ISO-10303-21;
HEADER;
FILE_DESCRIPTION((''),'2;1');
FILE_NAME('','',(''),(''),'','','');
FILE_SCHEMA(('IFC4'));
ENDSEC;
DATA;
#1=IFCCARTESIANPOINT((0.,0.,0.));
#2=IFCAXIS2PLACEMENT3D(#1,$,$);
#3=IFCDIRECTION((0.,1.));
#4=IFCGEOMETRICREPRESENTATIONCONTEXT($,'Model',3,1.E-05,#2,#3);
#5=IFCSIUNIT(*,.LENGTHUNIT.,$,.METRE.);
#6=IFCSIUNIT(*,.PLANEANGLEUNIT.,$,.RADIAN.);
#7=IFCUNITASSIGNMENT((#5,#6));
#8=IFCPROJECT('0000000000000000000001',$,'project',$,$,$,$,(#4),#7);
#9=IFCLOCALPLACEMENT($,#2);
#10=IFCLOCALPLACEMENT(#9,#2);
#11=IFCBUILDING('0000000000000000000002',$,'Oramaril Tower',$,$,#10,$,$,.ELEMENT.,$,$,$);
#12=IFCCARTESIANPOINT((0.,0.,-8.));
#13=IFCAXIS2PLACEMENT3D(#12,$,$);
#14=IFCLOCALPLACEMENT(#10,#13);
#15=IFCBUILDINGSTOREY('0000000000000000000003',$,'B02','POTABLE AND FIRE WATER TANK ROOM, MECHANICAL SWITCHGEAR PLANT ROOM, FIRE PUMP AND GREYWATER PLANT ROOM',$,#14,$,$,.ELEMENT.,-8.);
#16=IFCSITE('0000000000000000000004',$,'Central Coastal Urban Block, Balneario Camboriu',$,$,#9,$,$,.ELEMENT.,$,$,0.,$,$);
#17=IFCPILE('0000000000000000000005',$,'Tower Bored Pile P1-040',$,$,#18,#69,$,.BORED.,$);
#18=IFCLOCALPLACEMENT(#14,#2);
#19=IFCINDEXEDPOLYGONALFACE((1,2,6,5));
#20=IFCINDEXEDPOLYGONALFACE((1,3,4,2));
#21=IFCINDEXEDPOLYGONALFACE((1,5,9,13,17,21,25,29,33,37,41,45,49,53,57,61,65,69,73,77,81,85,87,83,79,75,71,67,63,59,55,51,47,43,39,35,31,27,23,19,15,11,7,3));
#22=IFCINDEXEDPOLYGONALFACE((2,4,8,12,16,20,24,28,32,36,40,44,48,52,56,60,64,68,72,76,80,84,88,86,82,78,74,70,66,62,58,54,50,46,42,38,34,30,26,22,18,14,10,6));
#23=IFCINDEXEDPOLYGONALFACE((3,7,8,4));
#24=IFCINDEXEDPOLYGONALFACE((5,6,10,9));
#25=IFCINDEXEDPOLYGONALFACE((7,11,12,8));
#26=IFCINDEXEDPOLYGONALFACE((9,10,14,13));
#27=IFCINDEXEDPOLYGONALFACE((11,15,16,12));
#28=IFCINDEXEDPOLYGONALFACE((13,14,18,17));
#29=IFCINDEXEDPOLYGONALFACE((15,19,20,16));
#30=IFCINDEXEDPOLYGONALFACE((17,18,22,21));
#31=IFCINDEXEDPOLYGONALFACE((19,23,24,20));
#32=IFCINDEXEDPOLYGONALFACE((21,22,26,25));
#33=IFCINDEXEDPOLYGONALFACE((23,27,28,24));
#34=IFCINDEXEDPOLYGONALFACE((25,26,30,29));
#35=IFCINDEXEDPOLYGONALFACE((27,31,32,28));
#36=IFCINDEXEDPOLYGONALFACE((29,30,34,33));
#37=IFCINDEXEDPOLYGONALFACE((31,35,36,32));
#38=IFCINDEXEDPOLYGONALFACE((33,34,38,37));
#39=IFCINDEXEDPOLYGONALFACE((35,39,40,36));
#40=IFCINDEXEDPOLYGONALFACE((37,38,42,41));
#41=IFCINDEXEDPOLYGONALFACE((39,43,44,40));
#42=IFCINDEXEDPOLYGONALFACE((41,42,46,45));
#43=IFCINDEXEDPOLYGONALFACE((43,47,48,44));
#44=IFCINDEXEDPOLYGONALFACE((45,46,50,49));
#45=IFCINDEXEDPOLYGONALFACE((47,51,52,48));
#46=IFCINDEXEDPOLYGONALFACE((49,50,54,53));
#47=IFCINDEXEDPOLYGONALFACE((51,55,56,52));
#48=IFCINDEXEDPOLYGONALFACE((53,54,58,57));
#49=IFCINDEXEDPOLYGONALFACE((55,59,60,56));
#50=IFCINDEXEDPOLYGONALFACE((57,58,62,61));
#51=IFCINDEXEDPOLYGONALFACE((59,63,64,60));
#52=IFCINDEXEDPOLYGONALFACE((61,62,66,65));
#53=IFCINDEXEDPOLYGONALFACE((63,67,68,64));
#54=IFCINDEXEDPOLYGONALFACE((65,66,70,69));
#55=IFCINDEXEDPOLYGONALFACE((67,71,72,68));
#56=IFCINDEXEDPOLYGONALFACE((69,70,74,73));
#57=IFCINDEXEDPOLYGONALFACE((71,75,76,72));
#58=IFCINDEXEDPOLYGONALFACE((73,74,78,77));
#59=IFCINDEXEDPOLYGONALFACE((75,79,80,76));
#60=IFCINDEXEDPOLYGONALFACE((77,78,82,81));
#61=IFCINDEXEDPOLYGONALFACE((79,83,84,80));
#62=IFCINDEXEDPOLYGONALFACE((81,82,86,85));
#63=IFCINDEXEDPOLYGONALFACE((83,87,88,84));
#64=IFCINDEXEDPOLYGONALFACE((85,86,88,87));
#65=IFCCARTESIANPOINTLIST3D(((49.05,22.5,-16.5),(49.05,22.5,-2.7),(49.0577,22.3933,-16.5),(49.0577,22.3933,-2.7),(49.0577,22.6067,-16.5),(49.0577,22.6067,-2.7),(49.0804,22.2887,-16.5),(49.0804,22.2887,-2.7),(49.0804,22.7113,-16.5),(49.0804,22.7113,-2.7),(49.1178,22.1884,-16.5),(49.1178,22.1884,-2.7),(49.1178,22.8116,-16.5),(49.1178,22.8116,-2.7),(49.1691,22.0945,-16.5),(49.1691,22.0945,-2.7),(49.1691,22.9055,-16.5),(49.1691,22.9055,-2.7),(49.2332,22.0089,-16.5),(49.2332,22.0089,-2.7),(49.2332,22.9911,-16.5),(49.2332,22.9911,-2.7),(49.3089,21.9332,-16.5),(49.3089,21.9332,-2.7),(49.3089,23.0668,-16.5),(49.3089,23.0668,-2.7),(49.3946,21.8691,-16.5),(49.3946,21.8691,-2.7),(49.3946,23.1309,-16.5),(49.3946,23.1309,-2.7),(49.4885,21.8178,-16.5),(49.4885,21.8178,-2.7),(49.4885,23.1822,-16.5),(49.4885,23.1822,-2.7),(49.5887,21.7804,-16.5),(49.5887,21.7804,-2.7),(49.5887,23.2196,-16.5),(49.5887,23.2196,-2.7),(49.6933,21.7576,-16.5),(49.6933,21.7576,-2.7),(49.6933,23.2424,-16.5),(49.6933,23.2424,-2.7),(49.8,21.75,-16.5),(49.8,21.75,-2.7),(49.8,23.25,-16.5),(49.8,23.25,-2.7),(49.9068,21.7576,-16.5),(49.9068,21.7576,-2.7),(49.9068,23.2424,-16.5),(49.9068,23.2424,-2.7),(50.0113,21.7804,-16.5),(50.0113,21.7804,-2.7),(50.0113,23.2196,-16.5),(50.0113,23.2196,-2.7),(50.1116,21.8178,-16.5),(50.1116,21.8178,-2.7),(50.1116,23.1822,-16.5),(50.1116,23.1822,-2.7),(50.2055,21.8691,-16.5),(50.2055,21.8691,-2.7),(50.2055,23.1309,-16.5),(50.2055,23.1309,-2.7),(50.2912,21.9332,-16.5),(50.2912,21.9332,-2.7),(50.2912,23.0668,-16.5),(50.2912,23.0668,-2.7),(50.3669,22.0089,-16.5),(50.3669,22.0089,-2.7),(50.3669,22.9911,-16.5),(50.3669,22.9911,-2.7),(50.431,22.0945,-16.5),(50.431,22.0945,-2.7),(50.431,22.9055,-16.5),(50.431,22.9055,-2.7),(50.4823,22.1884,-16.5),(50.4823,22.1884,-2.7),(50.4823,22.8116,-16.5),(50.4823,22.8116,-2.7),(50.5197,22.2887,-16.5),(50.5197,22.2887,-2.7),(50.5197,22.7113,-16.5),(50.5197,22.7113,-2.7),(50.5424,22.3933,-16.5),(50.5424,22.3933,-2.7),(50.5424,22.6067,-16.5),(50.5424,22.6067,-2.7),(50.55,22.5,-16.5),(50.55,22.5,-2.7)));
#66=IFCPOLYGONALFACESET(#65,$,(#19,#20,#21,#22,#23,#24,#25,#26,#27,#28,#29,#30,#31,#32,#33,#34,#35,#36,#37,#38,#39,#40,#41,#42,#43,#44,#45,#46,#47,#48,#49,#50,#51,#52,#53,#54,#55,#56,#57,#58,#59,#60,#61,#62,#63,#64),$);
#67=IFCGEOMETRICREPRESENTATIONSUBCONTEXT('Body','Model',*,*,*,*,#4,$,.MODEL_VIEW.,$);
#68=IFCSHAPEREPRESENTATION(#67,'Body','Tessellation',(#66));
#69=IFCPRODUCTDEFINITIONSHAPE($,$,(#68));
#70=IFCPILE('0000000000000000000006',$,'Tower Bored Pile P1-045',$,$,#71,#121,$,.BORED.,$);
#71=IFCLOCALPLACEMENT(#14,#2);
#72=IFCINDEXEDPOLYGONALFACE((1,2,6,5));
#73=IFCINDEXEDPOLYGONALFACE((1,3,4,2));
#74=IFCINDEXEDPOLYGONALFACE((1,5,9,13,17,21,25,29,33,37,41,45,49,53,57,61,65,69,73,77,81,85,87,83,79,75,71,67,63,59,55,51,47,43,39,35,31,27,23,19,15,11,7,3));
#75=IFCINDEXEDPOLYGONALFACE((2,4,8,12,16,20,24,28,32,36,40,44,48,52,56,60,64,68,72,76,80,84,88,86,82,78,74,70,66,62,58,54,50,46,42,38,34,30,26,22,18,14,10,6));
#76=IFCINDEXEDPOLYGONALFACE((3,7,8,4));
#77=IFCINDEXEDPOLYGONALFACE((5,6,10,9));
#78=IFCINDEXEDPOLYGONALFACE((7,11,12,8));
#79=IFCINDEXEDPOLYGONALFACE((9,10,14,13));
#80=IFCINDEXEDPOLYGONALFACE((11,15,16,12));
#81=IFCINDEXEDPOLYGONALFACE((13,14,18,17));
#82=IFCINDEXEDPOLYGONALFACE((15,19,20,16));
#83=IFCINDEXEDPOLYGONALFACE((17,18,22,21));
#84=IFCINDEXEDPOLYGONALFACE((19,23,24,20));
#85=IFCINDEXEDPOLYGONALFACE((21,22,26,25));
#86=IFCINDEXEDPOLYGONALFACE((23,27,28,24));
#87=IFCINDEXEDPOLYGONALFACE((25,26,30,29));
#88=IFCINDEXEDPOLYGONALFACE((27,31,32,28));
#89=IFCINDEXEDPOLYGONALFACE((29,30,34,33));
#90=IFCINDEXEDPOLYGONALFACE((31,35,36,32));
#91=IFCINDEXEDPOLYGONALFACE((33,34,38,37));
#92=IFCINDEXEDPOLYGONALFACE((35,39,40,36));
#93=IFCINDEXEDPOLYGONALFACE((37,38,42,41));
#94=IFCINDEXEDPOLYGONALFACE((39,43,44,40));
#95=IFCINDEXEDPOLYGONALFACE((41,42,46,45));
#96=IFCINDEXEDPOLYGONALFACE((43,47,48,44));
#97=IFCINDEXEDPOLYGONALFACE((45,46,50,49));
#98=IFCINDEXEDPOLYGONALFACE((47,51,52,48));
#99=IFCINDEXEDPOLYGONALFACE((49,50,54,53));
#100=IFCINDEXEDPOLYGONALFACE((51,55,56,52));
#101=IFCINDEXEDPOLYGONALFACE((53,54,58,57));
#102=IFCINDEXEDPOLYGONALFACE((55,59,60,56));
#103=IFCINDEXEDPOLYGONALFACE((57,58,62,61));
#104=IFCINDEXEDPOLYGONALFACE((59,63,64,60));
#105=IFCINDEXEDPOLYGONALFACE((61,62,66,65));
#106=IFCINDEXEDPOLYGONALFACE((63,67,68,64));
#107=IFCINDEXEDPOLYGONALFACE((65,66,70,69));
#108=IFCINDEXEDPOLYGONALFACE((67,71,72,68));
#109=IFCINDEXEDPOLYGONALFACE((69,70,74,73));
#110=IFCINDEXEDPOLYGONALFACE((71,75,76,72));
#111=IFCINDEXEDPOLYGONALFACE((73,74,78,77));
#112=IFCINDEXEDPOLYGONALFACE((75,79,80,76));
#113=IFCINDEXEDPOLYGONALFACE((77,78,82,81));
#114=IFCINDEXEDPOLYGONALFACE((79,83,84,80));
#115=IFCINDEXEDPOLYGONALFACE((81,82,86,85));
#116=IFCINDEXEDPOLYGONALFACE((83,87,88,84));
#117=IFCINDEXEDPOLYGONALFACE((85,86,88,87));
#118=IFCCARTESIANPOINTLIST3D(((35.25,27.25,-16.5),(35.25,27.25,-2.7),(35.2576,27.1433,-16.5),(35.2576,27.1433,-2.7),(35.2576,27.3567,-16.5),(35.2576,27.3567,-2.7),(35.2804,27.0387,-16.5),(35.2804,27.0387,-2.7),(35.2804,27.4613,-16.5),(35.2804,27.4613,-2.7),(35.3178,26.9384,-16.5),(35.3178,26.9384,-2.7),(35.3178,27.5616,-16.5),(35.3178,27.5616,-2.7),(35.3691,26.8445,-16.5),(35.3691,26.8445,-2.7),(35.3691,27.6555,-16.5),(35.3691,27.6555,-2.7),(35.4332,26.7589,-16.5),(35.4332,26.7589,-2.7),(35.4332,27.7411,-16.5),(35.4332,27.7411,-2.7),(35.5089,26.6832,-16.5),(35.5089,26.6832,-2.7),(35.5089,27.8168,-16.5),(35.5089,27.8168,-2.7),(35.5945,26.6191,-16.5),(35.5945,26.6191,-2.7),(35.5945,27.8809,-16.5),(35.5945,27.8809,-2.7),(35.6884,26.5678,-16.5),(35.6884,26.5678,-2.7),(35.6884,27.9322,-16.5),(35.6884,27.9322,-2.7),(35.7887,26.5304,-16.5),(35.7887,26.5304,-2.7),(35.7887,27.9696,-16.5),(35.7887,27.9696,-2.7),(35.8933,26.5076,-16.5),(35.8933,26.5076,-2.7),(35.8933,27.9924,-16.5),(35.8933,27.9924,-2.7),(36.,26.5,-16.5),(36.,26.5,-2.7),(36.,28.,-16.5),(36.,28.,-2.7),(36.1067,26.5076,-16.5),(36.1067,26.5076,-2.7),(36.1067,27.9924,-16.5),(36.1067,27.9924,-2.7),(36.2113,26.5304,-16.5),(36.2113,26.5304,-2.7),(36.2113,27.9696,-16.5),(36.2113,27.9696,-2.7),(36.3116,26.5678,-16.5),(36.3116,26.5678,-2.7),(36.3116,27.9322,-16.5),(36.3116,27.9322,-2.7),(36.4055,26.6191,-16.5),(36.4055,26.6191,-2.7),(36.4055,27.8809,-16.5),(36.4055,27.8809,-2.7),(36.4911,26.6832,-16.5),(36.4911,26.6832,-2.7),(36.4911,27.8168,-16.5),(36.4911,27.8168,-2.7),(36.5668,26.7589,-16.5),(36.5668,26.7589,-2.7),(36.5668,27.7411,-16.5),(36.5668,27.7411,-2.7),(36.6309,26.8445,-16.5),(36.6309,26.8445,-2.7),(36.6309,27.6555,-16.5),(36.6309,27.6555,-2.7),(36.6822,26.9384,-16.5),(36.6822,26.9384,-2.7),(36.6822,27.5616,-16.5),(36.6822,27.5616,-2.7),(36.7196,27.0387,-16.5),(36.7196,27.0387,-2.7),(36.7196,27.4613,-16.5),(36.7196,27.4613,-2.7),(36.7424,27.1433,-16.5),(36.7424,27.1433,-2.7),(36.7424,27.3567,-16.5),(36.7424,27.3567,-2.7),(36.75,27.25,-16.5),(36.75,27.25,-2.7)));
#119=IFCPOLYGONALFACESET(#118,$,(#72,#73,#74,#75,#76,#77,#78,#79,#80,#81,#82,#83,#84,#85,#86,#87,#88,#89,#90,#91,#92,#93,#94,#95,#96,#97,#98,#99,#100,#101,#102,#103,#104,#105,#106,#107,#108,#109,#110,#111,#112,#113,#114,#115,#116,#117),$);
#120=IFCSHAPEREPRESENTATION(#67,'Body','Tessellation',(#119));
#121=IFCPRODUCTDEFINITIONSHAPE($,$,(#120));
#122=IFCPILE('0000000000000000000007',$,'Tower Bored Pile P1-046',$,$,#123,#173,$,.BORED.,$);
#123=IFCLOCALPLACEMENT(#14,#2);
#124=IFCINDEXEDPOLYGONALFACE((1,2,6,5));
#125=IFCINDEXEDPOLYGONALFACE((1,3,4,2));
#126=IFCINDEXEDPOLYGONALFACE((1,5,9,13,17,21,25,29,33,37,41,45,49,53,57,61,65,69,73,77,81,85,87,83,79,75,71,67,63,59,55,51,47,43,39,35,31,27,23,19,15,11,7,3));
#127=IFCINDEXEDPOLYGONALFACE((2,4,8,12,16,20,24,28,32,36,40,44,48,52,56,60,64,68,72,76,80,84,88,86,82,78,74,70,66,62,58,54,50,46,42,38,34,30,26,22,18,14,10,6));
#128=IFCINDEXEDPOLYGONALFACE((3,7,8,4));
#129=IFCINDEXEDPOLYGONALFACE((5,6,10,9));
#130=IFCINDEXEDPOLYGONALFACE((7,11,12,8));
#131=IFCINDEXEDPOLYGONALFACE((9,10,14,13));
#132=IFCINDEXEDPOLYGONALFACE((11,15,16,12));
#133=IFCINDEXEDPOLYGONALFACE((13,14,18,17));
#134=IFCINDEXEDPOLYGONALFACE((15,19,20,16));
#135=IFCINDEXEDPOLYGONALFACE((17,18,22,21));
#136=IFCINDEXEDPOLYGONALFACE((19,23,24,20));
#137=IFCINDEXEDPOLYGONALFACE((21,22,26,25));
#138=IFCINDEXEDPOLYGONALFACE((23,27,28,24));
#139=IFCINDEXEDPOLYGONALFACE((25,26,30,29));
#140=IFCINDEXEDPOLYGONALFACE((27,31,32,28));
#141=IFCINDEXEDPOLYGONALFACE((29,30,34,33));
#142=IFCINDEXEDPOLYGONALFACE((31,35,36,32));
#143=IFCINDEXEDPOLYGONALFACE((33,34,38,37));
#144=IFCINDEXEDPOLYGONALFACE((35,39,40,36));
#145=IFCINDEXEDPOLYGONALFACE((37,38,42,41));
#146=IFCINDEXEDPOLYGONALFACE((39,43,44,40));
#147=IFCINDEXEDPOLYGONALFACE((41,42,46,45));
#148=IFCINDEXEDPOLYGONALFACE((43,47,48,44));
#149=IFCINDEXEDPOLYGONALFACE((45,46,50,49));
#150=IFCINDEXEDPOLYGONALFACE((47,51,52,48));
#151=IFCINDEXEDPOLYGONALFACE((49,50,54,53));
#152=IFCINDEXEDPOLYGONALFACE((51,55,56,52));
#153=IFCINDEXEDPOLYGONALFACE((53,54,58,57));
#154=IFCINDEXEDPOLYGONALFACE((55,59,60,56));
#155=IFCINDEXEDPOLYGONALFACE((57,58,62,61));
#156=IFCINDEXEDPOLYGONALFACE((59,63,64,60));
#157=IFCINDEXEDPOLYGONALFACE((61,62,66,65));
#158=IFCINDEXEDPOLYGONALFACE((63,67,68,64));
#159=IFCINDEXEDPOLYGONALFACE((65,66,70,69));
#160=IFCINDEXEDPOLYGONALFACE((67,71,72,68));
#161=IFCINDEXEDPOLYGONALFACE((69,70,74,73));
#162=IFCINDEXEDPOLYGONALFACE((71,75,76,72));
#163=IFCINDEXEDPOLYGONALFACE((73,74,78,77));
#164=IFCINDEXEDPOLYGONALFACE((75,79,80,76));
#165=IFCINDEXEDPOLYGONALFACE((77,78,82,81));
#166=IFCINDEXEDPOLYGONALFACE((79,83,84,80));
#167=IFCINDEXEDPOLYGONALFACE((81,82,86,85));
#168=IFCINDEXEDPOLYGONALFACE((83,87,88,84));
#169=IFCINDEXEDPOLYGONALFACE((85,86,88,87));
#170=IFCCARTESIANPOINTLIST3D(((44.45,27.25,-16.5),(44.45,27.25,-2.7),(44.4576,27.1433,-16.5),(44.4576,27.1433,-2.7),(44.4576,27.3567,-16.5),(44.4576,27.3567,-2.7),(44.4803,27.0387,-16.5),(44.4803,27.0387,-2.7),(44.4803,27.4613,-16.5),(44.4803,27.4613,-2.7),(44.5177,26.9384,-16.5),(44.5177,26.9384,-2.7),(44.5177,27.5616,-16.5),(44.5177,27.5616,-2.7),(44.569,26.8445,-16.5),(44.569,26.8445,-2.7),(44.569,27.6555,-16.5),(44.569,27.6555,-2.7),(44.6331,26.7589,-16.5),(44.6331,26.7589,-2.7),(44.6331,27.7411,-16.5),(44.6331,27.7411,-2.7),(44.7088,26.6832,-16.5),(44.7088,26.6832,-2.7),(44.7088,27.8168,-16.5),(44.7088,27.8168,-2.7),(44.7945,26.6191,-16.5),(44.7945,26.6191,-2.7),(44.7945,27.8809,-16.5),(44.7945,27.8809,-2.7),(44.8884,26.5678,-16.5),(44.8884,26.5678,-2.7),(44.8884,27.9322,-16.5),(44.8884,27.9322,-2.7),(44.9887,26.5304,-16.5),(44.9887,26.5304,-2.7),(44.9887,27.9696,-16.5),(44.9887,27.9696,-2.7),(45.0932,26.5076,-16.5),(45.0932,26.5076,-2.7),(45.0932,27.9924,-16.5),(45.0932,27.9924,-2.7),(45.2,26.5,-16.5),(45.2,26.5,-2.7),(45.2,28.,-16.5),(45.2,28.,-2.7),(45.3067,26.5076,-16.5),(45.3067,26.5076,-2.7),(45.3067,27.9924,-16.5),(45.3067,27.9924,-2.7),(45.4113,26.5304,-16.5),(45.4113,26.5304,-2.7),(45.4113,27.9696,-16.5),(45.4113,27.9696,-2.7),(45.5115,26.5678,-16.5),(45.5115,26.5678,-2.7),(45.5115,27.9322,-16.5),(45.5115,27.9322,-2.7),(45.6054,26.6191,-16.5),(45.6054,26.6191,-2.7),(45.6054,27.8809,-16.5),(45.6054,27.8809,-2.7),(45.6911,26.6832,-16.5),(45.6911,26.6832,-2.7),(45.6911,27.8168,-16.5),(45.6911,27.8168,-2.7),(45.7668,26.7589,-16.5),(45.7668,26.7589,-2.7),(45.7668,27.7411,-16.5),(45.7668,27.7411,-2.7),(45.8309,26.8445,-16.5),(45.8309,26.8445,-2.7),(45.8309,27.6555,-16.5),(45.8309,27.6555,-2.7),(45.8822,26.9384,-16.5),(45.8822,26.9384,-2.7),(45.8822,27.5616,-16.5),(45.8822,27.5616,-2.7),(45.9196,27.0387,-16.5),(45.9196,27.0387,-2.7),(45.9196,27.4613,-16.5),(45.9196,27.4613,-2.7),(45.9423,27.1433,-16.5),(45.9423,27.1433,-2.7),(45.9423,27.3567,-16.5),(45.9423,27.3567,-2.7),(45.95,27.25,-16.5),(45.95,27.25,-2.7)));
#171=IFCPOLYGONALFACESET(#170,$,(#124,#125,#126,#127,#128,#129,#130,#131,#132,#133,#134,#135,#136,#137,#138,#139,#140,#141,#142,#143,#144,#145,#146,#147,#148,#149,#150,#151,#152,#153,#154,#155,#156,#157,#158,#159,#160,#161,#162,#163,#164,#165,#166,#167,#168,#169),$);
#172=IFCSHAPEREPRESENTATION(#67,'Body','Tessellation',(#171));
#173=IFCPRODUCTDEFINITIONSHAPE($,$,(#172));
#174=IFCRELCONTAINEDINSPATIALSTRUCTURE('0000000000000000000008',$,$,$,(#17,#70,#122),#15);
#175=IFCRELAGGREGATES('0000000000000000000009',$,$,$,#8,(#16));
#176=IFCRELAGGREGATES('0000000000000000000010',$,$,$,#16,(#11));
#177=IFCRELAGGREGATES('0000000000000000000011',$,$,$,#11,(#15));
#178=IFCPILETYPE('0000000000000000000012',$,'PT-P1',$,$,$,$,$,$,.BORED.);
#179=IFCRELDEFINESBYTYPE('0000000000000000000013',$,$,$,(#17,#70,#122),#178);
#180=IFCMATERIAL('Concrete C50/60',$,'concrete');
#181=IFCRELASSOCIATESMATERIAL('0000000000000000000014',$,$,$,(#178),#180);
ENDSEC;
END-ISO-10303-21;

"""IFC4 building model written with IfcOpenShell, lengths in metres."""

from ifc_helpers import new_model, si_unit, direction, frame, origin, origin_2d, place, context, subcontext, project, spatial, circle, extrude, material, material_profile, profile_set, type_object, element, save


model = new_model("IFC4")

# Units and contexts
model_context = context("Model", 3, precision=1e-05, world=origin(), true_north=direction((0.0, 1.0)))
body_context = subcontext(model_context, "Body", "Model", "MODEL_VIEW")
ifc_project = project(units=[si_unit("LENGTHUNIT", "METRE"), si_unit("PLANEANGLEUNIT", "RADIAN")], contexts=[model_context])

# Site, building, storey
site_placement = place(None, origin())
site = spatial("IfcSite", under=ifc_project, at=site_placement, Name="Central Coastal Urban Block, Balneario Camboriu", CompositionType="ELEMENT", RefElevation=0.0)
building_placement = place(site_placement, origin())
building = spatial("IfcBuilding", under=site, at=building_placement, Name="Oramaril Tower", CompositionType="ELEMENT")
storey_placement = place(building_placement, frame((0.0, 0.0, -8.0)))
storey = spatial("IfcBuildingStorey", under=building, at=storey_placement, Name="B02", Description="POTABLE AND FIRE WATER TANK ROOM, MECHANICAL SWITCHGEAR PLANT ROOM, FIRE PUMP AND GREYWATER PLANT ROOM", CompositionType="ELEMENT", Elevation=-8.0)

# Piles
ifc_material_1 = material(Name="Concrete C50/60", Category="concrete")
ifc_material_profile_1 = material_profile(ifc_material_1, circle(Radius=0.75, at=origin_2d()), Name="D1500")
ifc_profile_set_1 = profile_set([ifc_material_profile_1], Name="Concrete C50/60")
pile_type = type_object("IfcPileType", Name="PT-P1", PredefinedType="BORED", material=ifc_profile_set_1)
for number, where, z_axis, x_axis, name in (
    (1, (49.8, 22.5, -2.7), (0.0, 0.0, -1.0), (1.0, 0.0, 0.0), "Tower Bored Pile P1-040"),
    (2, (36.0, 27.25, -2.7), (0.0, 0.0, -1.0), (1.0, 0.0, 0.0), "Tower Bored Pile P1-045"),
    (3, (45.2, 27.25, -2.7), (0.0, 0.0, -1.0), (1.0, 0.0, 0.0), "Tower Bored Pile P1-046"),
):
    element("IfcPile", number, at=place(storey_placement, frame(where, z_axis=z_axis, x_axis=x_axis)), inside=storey, type_object=pile_type, Name=name, PredefinedType="BORED", context=body_context, shape_type="SweptSolid", body=[
        extrude(circle(Radius=0.75, at=origin_2d()), origin(), (0.0, 0.0, 1.0), 13.8),
    ])

save(model, "model.ifc")
